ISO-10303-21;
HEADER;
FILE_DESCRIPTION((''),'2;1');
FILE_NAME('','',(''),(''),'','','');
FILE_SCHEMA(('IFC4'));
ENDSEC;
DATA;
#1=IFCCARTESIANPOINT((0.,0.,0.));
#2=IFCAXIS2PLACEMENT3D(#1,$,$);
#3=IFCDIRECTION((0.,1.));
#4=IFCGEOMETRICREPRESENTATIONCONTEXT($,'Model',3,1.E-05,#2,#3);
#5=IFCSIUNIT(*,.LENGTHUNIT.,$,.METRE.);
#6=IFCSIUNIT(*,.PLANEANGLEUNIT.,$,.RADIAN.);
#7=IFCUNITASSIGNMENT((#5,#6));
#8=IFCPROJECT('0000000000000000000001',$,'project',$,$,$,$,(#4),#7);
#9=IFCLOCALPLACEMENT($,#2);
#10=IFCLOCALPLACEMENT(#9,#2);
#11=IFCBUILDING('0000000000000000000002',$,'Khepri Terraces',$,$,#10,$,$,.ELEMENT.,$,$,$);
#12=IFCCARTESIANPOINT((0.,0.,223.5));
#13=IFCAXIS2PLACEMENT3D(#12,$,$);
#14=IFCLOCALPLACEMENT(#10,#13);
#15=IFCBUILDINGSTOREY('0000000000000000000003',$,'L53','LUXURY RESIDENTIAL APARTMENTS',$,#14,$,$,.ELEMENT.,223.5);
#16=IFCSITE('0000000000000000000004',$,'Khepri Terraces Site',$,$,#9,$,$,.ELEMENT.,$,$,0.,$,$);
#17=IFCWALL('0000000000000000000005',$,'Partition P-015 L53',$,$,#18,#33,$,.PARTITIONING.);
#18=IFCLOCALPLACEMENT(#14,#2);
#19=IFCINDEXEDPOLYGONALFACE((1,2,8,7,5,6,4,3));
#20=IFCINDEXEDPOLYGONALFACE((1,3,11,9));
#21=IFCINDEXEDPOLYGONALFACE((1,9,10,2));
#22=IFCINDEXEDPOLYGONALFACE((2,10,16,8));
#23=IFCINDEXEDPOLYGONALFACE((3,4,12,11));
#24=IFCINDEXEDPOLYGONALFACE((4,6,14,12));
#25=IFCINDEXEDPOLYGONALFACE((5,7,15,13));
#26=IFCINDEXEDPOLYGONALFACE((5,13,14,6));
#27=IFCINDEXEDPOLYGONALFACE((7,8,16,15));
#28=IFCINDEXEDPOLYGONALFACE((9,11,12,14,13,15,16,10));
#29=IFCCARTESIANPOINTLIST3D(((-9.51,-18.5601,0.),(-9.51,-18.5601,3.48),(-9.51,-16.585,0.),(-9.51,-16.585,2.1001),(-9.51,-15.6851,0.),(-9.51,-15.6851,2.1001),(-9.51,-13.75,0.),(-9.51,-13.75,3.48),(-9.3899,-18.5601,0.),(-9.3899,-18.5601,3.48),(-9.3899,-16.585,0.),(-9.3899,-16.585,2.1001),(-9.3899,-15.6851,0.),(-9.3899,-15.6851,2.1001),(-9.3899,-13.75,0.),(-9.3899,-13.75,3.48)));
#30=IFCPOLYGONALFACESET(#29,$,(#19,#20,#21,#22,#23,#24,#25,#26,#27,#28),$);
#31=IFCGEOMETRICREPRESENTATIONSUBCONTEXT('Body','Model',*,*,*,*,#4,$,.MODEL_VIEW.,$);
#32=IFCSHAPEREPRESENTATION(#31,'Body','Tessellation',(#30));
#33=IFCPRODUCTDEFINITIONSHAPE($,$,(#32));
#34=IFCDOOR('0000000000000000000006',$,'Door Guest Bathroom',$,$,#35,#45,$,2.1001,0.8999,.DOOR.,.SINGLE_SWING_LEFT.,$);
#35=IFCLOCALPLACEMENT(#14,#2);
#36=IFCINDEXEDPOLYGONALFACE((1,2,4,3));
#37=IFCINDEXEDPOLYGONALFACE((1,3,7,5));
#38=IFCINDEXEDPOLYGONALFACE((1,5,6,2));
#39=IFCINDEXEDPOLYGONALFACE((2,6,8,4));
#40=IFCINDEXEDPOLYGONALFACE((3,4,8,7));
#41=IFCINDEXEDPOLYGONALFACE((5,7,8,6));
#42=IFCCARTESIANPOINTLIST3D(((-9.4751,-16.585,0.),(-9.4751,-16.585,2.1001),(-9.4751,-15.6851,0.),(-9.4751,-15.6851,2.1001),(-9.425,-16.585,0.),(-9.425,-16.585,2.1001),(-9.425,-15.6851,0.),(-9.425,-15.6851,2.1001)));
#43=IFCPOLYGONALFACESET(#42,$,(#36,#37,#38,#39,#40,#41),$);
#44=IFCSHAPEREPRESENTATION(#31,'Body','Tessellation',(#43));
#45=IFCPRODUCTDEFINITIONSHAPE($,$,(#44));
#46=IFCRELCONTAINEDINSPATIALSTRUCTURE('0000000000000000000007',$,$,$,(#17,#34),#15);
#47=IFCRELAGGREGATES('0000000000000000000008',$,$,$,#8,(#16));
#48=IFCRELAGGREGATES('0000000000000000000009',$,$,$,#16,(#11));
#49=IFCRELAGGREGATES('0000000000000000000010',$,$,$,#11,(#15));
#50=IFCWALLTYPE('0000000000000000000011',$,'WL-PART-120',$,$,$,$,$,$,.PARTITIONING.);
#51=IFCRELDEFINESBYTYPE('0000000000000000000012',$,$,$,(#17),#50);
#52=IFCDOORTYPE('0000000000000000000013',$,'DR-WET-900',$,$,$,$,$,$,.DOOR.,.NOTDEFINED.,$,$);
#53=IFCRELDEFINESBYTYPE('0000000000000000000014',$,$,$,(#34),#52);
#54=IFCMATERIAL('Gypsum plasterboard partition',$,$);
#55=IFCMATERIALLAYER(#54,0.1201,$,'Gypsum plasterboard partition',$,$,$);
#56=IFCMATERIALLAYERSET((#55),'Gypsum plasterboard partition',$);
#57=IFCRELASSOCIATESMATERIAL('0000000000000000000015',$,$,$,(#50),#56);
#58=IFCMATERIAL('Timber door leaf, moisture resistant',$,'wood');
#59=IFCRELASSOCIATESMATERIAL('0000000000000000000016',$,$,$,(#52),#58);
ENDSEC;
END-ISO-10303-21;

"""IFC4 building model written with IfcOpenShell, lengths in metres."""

from ifc_helpers import new_model, si_unit, direction, frame, frame_2d, origin, place, context, subcontext, project, spatial, rectangle, extrude, material, layer, layer_set, type_object, element, fill, save


model = new_model("IFC4")

# Units and contexts
model_context = context("Model", 3, precision=1e-05, world=origin(), true_north=direction((0.0, 1.0)))
body_context = subcontext(model_context, "Body", "Model", "MODEL_VIEW")
ifc_project = project(units=[si_unit("LENGTHUNIT", "METRE"), si_unit("PLANEANGLEUNIT", "RADIAN")], contexts=[model_context])

# Site, building, storey
site_placement = place(None, origin())
site = spatial("IfcSite", under=ifc_project, at=site_placement, Name="Khepri Terraces Site", CompositionType="ELEMENT", RefElevation=0.0)
building_placement = place(site_placement, origin())
building = spatial("IfcBuilding", under=site, at=building_placement, Name="Khepri Terraces", CompositionType="ELEMENT")
storey_placement = place(building_placement, frame((0.0, 0.0, 223.5)))
storey = spatial("IfcBuildingStorey", under=building, at=storey_placement, Name="L53", Description="LUXURY RESIDENTIAL APARTMENTS", CompositionType="ELEMENT", Elevation=223.5)

# Shared definitions
ifc_material_1 = material(Name="Gypsum plasterboard partition")
ifc_layer_1 = layer(ifc_material_1, 0.1201, Name="Gypsum plasterboard partition")
ifc_layer_set_1 = layer_set([ifc_layer_1], Name="Gypsum plasterboard partition")
wall_type_1 = type_object("IfcWallType", Name="WL-PART-120", PredefinedType="PARTITIONING", material=ifc_layer_set_1)

# Wall, opening, door
wall_1_placement = place(storey_placement, frame((-9.45, -18.5601, 0.0), z_axis=(0.0, 0.0, 1.0), x_axis=(0.0, 1.0, 0.0)))
wall_1 = element("IfcWall", 1, at=wall_1_placement, inside=storey, type_object=wall_type_1, Name="Partition P-015 L53", PredefinedType="PARTITIONING", context=body_context, shape_type="SweptSolid", body=[
    extrude(rectangle(XDim=4.8101, YDim=0.1201, at=frame_2d((2.405, 0.0))), origin(), (0.0, 0.0, 1.0), 3.48),
])
opening_1_placement = place(wall_1_placement, frame((1.9751, 0.0, 0.0)))
opening_1 = element("IfcOpeningElement", 2, at=opening_1_placement, cuts=wall_1, PredefinedType="OPENING", context=body_context, shape_type="SweptSolid", body=[
    extrude(rectangle(XDim=0.8999, YDim=2.1001, at=frame_2d((0.45, 1.05))), frame((0.0, 0.0701, 0.0), z_axis=(0.0, -1.0, 0.0), x_axis=(1.0, 0.0, 0.0)), (0.0, 0.0, 1.0), 0.1401),
])
ifc_material_2 = material(Name="Timber door leaf, moisture resistant", Category="wood")
door_type_1 = type_object("IfcDoorType", Name="DR-WET-900", OperationType="NOTDEFINED", PredefinedType="DOOR", material=ifc_material_2)
door_1_placement = place(opening_1_placement, frame((0.8999, 0.0, 0.0), z_axis=(0.0, 0.0, 1.0), x_axis=(-1.0, 0.0, 0.0)))
door_1 = element("IfcDoor", 3, at=door_1_placement, inside=storey, type_object=door_type_1, Name="Door Guest Bathroom", OperationType="SINGLE_SWING_LEFT", OverallHeight=2.1001, OverallWidth=0.8999, PredefinedType="DOOR", context=body_context, shape_type="SweptSolid", body=[
    extrude(rectangle(XDim=0.8999, YDim=2.1001, at=frame_2d((0.45, 1.05))), frame((0.0, 0.0249, 0.0), z_axis=(0.0, -1.0, 0.0), x_axis=(1.0, 0.0, 0.0)), (0.0, 0.0, 1.0), 0.05),
])
fill(opening_1, door_1)

save(model, "model.ifc")
